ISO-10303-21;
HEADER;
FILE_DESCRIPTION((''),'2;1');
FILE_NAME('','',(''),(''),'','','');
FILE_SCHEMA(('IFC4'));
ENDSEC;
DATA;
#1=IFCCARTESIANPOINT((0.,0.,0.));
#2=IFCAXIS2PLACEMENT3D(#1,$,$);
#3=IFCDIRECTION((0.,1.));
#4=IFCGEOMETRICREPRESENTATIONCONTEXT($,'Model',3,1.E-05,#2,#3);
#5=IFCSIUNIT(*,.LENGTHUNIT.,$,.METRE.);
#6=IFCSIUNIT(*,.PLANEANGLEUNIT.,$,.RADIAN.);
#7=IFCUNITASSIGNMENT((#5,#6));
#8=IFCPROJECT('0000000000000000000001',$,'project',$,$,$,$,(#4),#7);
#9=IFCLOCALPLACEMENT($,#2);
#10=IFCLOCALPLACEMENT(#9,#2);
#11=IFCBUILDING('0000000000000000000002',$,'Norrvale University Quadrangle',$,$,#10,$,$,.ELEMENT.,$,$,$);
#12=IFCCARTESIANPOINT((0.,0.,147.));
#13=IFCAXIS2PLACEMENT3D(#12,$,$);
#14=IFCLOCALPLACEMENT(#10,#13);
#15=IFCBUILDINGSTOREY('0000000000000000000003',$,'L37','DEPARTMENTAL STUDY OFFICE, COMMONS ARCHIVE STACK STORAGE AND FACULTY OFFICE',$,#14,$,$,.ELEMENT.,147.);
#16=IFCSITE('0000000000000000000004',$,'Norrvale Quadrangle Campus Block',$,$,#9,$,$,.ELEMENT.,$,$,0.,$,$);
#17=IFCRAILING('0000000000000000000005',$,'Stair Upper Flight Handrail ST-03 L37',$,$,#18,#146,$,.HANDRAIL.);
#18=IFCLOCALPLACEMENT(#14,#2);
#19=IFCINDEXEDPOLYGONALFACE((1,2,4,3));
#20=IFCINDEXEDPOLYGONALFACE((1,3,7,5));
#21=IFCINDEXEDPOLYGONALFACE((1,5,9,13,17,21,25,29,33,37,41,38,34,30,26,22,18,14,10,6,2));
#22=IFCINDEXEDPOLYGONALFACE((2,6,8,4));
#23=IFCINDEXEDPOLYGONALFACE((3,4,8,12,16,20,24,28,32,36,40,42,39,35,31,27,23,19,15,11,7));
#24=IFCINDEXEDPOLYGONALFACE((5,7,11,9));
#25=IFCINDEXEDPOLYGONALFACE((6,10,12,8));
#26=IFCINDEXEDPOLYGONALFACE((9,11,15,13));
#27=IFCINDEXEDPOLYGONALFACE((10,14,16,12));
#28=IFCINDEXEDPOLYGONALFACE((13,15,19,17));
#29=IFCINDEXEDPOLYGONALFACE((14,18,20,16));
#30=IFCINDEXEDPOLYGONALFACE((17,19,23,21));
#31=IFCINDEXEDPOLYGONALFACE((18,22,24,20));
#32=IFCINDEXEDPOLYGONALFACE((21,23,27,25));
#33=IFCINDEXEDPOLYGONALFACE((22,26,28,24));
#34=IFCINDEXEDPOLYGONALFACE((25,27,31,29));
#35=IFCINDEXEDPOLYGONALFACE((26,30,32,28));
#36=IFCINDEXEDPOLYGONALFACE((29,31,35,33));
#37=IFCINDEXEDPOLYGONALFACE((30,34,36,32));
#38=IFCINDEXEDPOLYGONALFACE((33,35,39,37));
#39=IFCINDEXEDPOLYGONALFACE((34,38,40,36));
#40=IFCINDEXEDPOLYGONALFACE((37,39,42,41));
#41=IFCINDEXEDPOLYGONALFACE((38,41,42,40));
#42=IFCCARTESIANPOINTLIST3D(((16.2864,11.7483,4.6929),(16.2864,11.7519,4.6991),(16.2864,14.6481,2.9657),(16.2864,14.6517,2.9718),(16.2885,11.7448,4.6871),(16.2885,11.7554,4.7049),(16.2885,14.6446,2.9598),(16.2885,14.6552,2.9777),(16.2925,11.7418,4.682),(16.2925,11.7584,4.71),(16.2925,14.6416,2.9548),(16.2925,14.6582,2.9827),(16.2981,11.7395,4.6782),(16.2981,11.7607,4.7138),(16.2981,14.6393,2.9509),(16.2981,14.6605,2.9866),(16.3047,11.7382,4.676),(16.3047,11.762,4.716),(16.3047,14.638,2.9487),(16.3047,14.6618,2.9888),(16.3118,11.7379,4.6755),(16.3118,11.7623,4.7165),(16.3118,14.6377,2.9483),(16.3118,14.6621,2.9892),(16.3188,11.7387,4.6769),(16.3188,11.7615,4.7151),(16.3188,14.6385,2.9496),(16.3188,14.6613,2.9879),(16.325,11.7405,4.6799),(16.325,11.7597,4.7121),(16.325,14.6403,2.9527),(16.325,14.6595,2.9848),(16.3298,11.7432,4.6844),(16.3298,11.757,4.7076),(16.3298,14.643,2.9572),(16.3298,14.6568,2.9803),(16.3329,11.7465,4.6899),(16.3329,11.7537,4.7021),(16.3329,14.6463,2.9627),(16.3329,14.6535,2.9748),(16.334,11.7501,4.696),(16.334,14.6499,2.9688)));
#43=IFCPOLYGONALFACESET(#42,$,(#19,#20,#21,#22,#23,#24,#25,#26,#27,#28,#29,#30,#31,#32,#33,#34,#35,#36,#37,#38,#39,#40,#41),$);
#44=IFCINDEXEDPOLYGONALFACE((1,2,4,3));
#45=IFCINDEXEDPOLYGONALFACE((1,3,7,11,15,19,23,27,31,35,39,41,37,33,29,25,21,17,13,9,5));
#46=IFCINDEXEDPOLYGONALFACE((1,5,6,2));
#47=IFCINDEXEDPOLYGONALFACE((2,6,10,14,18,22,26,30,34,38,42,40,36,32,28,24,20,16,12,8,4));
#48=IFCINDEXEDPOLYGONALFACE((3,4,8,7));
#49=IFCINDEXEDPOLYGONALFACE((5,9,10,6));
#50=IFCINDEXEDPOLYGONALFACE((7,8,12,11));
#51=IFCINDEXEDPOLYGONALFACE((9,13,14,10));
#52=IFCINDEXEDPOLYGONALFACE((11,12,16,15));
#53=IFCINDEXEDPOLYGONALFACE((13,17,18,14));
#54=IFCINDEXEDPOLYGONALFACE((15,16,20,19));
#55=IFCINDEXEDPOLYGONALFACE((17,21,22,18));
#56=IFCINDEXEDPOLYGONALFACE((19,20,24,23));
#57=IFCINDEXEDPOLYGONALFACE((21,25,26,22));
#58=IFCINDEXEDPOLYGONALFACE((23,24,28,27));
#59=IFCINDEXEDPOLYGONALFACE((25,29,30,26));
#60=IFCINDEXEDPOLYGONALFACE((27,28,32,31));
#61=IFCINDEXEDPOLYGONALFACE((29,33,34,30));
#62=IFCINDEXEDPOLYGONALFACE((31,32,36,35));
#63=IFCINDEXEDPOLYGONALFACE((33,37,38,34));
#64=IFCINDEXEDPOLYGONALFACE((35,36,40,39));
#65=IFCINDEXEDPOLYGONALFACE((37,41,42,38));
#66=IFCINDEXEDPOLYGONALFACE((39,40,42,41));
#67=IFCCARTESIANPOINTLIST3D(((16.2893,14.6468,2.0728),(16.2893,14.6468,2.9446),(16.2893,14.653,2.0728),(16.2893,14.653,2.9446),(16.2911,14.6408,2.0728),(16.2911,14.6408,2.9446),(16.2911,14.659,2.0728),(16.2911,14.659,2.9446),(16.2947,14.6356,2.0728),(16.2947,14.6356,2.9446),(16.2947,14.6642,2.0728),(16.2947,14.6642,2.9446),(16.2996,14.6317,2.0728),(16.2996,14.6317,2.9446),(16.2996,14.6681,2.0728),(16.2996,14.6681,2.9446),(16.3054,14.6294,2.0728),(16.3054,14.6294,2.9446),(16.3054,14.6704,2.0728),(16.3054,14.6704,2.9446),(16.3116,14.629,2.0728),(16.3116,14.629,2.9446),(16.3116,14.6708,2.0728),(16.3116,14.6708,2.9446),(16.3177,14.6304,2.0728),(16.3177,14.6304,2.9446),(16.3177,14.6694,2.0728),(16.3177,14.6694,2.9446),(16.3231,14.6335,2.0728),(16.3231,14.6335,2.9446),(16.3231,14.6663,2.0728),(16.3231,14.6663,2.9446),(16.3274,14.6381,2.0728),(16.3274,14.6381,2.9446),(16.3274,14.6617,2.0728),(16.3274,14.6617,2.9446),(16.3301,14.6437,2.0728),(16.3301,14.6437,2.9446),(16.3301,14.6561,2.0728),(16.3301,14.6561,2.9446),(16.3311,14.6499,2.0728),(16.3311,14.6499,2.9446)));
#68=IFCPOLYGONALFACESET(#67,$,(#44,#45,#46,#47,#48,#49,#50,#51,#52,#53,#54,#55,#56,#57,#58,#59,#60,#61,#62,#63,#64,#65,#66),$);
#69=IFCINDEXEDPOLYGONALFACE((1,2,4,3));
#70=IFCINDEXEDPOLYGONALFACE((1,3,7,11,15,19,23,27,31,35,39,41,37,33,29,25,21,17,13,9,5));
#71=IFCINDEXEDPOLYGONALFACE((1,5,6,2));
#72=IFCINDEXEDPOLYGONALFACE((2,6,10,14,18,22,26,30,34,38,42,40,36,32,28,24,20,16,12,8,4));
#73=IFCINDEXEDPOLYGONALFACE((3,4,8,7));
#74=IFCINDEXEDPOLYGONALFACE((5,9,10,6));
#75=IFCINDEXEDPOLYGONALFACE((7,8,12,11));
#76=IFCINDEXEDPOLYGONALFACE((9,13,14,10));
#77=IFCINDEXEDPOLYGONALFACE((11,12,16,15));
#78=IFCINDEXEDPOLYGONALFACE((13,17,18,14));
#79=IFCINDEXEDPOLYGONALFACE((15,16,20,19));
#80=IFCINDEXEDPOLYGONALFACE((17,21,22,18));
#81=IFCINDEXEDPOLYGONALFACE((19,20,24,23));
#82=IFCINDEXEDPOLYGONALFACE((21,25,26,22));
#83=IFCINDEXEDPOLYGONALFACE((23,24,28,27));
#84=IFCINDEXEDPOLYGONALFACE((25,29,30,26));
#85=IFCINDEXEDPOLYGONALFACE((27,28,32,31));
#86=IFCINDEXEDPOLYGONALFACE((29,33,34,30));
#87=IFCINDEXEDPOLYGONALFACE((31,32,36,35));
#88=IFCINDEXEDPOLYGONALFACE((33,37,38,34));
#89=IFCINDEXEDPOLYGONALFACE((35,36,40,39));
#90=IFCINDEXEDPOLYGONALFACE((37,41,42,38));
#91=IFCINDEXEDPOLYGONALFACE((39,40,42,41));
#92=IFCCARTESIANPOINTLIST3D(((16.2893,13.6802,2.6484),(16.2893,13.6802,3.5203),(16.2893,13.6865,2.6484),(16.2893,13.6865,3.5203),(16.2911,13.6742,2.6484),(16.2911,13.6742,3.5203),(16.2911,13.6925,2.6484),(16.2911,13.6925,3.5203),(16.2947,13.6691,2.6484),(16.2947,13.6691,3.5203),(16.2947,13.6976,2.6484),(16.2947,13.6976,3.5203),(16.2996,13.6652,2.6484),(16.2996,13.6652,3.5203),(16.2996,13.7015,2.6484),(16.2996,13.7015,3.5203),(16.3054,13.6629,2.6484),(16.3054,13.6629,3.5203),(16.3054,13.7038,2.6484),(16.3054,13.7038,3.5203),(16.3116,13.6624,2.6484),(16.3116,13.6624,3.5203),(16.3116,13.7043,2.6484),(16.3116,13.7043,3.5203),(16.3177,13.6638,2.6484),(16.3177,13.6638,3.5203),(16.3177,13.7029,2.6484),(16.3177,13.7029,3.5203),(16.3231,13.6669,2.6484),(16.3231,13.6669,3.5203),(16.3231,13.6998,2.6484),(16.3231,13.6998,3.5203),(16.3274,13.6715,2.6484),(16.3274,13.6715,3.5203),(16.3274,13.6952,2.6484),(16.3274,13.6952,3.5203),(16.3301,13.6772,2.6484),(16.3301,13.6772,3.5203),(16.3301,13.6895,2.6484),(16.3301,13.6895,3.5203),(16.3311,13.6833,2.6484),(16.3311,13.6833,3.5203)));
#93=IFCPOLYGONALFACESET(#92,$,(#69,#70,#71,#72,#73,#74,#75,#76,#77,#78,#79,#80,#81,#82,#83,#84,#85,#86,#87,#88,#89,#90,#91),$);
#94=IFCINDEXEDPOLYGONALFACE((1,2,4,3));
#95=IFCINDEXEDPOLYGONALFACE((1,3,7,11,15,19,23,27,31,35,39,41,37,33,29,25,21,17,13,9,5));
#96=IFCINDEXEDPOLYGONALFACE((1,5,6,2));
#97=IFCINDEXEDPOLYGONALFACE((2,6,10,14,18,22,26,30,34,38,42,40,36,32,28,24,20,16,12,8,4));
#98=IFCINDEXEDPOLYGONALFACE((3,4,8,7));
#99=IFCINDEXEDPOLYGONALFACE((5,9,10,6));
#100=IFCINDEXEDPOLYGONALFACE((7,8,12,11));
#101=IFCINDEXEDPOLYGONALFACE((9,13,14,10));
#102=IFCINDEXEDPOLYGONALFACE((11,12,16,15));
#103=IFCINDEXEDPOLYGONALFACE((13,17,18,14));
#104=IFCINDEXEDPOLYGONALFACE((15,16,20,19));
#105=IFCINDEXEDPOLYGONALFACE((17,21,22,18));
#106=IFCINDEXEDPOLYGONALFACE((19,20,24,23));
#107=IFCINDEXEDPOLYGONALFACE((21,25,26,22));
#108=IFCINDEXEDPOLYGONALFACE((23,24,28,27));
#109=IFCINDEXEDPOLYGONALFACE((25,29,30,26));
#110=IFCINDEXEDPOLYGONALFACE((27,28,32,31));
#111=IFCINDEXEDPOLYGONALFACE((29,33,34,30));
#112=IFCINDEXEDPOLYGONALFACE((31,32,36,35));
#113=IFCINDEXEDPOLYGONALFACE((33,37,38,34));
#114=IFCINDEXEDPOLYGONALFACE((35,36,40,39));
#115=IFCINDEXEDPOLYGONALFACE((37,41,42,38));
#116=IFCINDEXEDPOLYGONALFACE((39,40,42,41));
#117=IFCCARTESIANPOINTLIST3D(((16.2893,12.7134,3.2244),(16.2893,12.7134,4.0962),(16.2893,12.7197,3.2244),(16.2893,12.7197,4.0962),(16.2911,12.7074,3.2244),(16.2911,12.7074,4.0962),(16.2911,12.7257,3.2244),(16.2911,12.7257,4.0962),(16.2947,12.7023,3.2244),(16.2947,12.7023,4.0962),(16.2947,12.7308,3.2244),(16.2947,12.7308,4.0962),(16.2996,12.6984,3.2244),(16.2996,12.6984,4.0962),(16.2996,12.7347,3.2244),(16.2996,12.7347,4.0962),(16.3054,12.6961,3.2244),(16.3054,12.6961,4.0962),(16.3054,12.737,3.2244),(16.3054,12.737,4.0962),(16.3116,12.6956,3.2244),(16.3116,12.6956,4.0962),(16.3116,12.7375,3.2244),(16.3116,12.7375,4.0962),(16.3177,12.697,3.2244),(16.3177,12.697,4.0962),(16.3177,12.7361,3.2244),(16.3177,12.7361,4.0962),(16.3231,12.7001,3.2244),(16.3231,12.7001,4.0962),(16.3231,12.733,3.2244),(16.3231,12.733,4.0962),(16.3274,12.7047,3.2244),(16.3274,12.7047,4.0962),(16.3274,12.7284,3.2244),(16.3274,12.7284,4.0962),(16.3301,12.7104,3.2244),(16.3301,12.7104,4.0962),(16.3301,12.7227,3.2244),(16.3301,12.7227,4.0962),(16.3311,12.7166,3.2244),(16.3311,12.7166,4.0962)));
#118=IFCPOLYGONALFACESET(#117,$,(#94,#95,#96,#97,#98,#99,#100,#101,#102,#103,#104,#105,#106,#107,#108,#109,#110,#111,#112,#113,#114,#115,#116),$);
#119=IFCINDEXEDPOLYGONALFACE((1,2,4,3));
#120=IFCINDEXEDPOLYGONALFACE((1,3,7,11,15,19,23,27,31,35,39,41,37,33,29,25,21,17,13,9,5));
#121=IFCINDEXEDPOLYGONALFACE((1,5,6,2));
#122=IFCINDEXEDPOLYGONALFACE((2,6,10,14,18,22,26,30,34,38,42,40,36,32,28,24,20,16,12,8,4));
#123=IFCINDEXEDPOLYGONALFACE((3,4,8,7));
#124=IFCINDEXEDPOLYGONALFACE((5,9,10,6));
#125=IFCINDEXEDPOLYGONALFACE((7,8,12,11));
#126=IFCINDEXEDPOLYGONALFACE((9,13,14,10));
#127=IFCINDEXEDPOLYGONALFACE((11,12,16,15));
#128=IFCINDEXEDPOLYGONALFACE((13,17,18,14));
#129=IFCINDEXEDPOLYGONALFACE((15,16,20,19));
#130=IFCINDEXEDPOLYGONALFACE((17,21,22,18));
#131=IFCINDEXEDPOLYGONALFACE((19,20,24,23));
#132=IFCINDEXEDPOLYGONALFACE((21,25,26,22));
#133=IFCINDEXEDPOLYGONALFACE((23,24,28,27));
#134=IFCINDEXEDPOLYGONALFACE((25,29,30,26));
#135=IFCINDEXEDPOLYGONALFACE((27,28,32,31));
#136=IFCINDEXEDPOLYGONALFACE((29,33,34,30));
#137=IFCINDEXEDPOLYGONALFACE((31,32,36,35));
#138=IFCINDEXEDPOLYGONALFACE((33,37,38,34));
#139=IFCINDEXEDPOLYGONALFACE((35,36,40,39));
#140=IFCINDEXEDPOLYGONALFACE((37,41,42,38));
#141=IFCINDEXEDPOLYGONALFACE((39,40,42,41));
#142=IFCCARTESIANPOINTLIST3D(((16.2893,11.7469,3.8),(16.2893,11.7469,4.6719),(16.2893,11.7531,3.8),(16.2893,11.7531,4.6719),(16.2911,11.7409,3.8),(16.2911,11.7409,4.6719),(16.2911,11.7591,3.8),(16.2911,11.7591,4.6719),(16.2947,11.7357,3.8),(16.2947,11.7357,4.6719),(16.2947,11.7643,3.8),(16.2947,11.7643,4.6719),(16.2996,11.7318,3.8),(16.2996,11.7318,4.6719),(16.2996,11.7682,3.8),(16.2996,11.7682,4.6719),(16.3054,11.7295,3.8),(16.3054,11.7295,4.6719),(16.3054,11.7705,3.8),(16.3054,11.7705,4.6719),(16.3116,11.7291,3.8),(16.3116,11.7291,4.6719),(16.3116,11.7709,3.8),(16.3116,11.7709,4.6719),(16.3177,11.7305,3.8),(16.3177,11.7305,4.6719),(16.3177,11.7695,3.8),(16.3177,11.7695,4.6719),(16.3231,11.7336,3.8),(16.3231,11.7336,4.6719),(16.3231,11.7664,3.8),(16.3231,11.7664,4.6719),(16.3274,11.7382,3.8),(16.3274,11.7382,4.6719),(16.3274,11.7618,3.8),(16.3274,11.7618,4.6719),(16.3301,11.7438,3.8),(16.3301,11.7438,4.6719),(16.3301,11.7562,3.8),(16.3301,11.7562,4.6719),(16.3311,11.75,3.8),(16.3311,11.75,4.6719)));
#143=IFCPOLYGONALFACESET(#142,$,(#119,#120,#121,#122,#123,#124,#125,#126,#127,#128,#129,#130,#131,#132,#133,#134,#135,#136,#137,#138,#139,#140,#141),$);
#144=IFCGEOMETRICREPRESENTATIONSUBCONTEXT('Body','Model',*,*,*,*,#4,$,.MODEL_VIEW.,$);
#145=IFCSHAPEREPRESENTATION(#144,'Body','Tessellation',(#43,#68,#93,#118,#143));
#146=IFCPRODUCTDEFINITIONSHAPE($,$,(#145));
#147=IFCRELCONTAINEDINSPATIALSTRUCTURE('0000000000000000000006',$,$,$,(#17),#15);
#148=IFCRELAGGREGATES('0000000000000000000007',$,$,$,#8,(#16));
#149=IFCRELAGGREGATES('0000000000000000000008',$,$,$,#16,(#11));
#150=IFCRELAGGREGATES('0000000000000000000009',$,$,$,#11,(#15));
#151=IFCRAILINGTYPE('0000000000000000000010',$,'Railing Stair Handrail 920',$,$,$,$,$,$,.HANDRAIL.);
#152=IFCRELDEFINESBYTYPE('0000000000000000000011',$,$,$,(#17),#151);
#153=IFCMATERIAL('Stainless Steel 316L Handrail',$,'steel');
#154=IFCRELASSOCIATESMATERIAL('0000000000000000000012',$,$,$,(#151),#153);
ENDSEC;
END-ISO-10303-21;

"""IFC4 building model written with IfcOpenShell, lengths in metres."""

from ifc_helpers import new_model, si_unit, direction, frame, origin, origin_2d, place, context, subcontext, project, spatial, circle, extrude, material, type_object, element, save


model = new_model("IFC4")

# Units and contexts
model_context = context("Model", 3, precision=1e-05, world=origin(), true_north=direction((0.0, 1.0)))
body_context = subcontext(model_context, "Body", "Model", "MODEL_VIEW")
ifc_project = project(units=[si_unit("LENGTHUNIT", "METRE"), si_unit("PLANEANGLEUNIT", "RADIAN")], contexts=[model_context])

# Site, building, storey
site_placement = place(None, origin())
site = spatial("IfcSite", under=ifc_project, at=site_placement, Name="Norrvale Quadrangle Campus Block", CompositionType="ELEMENT", RefElevation=0.0)
building_placement = place(site_placement, origin())
building = spatial("IfcBuilding", under=site, at=building_placement, Name="Norrvale University Quadrangle", CompositionType="ELEMENT")
storey_placement = place(building_placement, frame((0.0, 0.0, 147.0)))
storey = spatial("IfcBuildingStorey", under=building, at=storey_placement, Name="L37", Description="DEPARTMENTAL STUDY OFFICE, COMMONS ARCHIVE STACK STORAGE AND FACULTY OFFICE", CompositionType="ELEMENT", Elevation=147.0)

# Railing
ifc_material_1 = material(Name="Stainless Steel 316L Handrail", Category="steel")
railing_type_1 = type_object("IfcRailingType", Name="Railing Stair Handrail 920", PredefinedType="HANDRAIL", material=ifc_material_1)
railing_1_placement = place(storey_placement, frame((16.3101, 14.6499, 2.0728)))
element("IfcRailing", 1, at=railing_1_placement, inside=storey, type_object=railing_type_1, Name="Stair Upper Flight Handrail ST-03 L37", PredefinedType="HANDRAIL", context=body_context, shape_type="SweptSolid", body=[
    extrude(circle(Radius=0.0239, at=origin_2d()), frame((0.0, 0.0, 0.896), z_axis=(0.0, -0.859141, 0.511738), x_axis=(1.0, 0.0, 0.0)), (0.0, 0.0, 1.0), 3.3752),
    extrude(circle(Radius=0.021, at=origin_2d()), origin(), (0.0, 0.0, 1.0), 0.8718),
    extrude(circle(Radius=0.021, at=origin_2d()), frame((0.0, -0.9666, 0.5757)), (0.0, 0.0, 1.0), 0.8718),
    extrude(circle(Radius=0.021, at=origin_2d()), frame((0.0, -1.9333, 1.1516)), (0.0, 0.0, 1.0), 0.8718),
    extrude(circle(Radius=0.021, at=origin_2d()), frame((0.0, -2.8999, 1.7273)), (0.0, 0.0, 1.0), 0.8718),
])

save(model, "model.ifc")
